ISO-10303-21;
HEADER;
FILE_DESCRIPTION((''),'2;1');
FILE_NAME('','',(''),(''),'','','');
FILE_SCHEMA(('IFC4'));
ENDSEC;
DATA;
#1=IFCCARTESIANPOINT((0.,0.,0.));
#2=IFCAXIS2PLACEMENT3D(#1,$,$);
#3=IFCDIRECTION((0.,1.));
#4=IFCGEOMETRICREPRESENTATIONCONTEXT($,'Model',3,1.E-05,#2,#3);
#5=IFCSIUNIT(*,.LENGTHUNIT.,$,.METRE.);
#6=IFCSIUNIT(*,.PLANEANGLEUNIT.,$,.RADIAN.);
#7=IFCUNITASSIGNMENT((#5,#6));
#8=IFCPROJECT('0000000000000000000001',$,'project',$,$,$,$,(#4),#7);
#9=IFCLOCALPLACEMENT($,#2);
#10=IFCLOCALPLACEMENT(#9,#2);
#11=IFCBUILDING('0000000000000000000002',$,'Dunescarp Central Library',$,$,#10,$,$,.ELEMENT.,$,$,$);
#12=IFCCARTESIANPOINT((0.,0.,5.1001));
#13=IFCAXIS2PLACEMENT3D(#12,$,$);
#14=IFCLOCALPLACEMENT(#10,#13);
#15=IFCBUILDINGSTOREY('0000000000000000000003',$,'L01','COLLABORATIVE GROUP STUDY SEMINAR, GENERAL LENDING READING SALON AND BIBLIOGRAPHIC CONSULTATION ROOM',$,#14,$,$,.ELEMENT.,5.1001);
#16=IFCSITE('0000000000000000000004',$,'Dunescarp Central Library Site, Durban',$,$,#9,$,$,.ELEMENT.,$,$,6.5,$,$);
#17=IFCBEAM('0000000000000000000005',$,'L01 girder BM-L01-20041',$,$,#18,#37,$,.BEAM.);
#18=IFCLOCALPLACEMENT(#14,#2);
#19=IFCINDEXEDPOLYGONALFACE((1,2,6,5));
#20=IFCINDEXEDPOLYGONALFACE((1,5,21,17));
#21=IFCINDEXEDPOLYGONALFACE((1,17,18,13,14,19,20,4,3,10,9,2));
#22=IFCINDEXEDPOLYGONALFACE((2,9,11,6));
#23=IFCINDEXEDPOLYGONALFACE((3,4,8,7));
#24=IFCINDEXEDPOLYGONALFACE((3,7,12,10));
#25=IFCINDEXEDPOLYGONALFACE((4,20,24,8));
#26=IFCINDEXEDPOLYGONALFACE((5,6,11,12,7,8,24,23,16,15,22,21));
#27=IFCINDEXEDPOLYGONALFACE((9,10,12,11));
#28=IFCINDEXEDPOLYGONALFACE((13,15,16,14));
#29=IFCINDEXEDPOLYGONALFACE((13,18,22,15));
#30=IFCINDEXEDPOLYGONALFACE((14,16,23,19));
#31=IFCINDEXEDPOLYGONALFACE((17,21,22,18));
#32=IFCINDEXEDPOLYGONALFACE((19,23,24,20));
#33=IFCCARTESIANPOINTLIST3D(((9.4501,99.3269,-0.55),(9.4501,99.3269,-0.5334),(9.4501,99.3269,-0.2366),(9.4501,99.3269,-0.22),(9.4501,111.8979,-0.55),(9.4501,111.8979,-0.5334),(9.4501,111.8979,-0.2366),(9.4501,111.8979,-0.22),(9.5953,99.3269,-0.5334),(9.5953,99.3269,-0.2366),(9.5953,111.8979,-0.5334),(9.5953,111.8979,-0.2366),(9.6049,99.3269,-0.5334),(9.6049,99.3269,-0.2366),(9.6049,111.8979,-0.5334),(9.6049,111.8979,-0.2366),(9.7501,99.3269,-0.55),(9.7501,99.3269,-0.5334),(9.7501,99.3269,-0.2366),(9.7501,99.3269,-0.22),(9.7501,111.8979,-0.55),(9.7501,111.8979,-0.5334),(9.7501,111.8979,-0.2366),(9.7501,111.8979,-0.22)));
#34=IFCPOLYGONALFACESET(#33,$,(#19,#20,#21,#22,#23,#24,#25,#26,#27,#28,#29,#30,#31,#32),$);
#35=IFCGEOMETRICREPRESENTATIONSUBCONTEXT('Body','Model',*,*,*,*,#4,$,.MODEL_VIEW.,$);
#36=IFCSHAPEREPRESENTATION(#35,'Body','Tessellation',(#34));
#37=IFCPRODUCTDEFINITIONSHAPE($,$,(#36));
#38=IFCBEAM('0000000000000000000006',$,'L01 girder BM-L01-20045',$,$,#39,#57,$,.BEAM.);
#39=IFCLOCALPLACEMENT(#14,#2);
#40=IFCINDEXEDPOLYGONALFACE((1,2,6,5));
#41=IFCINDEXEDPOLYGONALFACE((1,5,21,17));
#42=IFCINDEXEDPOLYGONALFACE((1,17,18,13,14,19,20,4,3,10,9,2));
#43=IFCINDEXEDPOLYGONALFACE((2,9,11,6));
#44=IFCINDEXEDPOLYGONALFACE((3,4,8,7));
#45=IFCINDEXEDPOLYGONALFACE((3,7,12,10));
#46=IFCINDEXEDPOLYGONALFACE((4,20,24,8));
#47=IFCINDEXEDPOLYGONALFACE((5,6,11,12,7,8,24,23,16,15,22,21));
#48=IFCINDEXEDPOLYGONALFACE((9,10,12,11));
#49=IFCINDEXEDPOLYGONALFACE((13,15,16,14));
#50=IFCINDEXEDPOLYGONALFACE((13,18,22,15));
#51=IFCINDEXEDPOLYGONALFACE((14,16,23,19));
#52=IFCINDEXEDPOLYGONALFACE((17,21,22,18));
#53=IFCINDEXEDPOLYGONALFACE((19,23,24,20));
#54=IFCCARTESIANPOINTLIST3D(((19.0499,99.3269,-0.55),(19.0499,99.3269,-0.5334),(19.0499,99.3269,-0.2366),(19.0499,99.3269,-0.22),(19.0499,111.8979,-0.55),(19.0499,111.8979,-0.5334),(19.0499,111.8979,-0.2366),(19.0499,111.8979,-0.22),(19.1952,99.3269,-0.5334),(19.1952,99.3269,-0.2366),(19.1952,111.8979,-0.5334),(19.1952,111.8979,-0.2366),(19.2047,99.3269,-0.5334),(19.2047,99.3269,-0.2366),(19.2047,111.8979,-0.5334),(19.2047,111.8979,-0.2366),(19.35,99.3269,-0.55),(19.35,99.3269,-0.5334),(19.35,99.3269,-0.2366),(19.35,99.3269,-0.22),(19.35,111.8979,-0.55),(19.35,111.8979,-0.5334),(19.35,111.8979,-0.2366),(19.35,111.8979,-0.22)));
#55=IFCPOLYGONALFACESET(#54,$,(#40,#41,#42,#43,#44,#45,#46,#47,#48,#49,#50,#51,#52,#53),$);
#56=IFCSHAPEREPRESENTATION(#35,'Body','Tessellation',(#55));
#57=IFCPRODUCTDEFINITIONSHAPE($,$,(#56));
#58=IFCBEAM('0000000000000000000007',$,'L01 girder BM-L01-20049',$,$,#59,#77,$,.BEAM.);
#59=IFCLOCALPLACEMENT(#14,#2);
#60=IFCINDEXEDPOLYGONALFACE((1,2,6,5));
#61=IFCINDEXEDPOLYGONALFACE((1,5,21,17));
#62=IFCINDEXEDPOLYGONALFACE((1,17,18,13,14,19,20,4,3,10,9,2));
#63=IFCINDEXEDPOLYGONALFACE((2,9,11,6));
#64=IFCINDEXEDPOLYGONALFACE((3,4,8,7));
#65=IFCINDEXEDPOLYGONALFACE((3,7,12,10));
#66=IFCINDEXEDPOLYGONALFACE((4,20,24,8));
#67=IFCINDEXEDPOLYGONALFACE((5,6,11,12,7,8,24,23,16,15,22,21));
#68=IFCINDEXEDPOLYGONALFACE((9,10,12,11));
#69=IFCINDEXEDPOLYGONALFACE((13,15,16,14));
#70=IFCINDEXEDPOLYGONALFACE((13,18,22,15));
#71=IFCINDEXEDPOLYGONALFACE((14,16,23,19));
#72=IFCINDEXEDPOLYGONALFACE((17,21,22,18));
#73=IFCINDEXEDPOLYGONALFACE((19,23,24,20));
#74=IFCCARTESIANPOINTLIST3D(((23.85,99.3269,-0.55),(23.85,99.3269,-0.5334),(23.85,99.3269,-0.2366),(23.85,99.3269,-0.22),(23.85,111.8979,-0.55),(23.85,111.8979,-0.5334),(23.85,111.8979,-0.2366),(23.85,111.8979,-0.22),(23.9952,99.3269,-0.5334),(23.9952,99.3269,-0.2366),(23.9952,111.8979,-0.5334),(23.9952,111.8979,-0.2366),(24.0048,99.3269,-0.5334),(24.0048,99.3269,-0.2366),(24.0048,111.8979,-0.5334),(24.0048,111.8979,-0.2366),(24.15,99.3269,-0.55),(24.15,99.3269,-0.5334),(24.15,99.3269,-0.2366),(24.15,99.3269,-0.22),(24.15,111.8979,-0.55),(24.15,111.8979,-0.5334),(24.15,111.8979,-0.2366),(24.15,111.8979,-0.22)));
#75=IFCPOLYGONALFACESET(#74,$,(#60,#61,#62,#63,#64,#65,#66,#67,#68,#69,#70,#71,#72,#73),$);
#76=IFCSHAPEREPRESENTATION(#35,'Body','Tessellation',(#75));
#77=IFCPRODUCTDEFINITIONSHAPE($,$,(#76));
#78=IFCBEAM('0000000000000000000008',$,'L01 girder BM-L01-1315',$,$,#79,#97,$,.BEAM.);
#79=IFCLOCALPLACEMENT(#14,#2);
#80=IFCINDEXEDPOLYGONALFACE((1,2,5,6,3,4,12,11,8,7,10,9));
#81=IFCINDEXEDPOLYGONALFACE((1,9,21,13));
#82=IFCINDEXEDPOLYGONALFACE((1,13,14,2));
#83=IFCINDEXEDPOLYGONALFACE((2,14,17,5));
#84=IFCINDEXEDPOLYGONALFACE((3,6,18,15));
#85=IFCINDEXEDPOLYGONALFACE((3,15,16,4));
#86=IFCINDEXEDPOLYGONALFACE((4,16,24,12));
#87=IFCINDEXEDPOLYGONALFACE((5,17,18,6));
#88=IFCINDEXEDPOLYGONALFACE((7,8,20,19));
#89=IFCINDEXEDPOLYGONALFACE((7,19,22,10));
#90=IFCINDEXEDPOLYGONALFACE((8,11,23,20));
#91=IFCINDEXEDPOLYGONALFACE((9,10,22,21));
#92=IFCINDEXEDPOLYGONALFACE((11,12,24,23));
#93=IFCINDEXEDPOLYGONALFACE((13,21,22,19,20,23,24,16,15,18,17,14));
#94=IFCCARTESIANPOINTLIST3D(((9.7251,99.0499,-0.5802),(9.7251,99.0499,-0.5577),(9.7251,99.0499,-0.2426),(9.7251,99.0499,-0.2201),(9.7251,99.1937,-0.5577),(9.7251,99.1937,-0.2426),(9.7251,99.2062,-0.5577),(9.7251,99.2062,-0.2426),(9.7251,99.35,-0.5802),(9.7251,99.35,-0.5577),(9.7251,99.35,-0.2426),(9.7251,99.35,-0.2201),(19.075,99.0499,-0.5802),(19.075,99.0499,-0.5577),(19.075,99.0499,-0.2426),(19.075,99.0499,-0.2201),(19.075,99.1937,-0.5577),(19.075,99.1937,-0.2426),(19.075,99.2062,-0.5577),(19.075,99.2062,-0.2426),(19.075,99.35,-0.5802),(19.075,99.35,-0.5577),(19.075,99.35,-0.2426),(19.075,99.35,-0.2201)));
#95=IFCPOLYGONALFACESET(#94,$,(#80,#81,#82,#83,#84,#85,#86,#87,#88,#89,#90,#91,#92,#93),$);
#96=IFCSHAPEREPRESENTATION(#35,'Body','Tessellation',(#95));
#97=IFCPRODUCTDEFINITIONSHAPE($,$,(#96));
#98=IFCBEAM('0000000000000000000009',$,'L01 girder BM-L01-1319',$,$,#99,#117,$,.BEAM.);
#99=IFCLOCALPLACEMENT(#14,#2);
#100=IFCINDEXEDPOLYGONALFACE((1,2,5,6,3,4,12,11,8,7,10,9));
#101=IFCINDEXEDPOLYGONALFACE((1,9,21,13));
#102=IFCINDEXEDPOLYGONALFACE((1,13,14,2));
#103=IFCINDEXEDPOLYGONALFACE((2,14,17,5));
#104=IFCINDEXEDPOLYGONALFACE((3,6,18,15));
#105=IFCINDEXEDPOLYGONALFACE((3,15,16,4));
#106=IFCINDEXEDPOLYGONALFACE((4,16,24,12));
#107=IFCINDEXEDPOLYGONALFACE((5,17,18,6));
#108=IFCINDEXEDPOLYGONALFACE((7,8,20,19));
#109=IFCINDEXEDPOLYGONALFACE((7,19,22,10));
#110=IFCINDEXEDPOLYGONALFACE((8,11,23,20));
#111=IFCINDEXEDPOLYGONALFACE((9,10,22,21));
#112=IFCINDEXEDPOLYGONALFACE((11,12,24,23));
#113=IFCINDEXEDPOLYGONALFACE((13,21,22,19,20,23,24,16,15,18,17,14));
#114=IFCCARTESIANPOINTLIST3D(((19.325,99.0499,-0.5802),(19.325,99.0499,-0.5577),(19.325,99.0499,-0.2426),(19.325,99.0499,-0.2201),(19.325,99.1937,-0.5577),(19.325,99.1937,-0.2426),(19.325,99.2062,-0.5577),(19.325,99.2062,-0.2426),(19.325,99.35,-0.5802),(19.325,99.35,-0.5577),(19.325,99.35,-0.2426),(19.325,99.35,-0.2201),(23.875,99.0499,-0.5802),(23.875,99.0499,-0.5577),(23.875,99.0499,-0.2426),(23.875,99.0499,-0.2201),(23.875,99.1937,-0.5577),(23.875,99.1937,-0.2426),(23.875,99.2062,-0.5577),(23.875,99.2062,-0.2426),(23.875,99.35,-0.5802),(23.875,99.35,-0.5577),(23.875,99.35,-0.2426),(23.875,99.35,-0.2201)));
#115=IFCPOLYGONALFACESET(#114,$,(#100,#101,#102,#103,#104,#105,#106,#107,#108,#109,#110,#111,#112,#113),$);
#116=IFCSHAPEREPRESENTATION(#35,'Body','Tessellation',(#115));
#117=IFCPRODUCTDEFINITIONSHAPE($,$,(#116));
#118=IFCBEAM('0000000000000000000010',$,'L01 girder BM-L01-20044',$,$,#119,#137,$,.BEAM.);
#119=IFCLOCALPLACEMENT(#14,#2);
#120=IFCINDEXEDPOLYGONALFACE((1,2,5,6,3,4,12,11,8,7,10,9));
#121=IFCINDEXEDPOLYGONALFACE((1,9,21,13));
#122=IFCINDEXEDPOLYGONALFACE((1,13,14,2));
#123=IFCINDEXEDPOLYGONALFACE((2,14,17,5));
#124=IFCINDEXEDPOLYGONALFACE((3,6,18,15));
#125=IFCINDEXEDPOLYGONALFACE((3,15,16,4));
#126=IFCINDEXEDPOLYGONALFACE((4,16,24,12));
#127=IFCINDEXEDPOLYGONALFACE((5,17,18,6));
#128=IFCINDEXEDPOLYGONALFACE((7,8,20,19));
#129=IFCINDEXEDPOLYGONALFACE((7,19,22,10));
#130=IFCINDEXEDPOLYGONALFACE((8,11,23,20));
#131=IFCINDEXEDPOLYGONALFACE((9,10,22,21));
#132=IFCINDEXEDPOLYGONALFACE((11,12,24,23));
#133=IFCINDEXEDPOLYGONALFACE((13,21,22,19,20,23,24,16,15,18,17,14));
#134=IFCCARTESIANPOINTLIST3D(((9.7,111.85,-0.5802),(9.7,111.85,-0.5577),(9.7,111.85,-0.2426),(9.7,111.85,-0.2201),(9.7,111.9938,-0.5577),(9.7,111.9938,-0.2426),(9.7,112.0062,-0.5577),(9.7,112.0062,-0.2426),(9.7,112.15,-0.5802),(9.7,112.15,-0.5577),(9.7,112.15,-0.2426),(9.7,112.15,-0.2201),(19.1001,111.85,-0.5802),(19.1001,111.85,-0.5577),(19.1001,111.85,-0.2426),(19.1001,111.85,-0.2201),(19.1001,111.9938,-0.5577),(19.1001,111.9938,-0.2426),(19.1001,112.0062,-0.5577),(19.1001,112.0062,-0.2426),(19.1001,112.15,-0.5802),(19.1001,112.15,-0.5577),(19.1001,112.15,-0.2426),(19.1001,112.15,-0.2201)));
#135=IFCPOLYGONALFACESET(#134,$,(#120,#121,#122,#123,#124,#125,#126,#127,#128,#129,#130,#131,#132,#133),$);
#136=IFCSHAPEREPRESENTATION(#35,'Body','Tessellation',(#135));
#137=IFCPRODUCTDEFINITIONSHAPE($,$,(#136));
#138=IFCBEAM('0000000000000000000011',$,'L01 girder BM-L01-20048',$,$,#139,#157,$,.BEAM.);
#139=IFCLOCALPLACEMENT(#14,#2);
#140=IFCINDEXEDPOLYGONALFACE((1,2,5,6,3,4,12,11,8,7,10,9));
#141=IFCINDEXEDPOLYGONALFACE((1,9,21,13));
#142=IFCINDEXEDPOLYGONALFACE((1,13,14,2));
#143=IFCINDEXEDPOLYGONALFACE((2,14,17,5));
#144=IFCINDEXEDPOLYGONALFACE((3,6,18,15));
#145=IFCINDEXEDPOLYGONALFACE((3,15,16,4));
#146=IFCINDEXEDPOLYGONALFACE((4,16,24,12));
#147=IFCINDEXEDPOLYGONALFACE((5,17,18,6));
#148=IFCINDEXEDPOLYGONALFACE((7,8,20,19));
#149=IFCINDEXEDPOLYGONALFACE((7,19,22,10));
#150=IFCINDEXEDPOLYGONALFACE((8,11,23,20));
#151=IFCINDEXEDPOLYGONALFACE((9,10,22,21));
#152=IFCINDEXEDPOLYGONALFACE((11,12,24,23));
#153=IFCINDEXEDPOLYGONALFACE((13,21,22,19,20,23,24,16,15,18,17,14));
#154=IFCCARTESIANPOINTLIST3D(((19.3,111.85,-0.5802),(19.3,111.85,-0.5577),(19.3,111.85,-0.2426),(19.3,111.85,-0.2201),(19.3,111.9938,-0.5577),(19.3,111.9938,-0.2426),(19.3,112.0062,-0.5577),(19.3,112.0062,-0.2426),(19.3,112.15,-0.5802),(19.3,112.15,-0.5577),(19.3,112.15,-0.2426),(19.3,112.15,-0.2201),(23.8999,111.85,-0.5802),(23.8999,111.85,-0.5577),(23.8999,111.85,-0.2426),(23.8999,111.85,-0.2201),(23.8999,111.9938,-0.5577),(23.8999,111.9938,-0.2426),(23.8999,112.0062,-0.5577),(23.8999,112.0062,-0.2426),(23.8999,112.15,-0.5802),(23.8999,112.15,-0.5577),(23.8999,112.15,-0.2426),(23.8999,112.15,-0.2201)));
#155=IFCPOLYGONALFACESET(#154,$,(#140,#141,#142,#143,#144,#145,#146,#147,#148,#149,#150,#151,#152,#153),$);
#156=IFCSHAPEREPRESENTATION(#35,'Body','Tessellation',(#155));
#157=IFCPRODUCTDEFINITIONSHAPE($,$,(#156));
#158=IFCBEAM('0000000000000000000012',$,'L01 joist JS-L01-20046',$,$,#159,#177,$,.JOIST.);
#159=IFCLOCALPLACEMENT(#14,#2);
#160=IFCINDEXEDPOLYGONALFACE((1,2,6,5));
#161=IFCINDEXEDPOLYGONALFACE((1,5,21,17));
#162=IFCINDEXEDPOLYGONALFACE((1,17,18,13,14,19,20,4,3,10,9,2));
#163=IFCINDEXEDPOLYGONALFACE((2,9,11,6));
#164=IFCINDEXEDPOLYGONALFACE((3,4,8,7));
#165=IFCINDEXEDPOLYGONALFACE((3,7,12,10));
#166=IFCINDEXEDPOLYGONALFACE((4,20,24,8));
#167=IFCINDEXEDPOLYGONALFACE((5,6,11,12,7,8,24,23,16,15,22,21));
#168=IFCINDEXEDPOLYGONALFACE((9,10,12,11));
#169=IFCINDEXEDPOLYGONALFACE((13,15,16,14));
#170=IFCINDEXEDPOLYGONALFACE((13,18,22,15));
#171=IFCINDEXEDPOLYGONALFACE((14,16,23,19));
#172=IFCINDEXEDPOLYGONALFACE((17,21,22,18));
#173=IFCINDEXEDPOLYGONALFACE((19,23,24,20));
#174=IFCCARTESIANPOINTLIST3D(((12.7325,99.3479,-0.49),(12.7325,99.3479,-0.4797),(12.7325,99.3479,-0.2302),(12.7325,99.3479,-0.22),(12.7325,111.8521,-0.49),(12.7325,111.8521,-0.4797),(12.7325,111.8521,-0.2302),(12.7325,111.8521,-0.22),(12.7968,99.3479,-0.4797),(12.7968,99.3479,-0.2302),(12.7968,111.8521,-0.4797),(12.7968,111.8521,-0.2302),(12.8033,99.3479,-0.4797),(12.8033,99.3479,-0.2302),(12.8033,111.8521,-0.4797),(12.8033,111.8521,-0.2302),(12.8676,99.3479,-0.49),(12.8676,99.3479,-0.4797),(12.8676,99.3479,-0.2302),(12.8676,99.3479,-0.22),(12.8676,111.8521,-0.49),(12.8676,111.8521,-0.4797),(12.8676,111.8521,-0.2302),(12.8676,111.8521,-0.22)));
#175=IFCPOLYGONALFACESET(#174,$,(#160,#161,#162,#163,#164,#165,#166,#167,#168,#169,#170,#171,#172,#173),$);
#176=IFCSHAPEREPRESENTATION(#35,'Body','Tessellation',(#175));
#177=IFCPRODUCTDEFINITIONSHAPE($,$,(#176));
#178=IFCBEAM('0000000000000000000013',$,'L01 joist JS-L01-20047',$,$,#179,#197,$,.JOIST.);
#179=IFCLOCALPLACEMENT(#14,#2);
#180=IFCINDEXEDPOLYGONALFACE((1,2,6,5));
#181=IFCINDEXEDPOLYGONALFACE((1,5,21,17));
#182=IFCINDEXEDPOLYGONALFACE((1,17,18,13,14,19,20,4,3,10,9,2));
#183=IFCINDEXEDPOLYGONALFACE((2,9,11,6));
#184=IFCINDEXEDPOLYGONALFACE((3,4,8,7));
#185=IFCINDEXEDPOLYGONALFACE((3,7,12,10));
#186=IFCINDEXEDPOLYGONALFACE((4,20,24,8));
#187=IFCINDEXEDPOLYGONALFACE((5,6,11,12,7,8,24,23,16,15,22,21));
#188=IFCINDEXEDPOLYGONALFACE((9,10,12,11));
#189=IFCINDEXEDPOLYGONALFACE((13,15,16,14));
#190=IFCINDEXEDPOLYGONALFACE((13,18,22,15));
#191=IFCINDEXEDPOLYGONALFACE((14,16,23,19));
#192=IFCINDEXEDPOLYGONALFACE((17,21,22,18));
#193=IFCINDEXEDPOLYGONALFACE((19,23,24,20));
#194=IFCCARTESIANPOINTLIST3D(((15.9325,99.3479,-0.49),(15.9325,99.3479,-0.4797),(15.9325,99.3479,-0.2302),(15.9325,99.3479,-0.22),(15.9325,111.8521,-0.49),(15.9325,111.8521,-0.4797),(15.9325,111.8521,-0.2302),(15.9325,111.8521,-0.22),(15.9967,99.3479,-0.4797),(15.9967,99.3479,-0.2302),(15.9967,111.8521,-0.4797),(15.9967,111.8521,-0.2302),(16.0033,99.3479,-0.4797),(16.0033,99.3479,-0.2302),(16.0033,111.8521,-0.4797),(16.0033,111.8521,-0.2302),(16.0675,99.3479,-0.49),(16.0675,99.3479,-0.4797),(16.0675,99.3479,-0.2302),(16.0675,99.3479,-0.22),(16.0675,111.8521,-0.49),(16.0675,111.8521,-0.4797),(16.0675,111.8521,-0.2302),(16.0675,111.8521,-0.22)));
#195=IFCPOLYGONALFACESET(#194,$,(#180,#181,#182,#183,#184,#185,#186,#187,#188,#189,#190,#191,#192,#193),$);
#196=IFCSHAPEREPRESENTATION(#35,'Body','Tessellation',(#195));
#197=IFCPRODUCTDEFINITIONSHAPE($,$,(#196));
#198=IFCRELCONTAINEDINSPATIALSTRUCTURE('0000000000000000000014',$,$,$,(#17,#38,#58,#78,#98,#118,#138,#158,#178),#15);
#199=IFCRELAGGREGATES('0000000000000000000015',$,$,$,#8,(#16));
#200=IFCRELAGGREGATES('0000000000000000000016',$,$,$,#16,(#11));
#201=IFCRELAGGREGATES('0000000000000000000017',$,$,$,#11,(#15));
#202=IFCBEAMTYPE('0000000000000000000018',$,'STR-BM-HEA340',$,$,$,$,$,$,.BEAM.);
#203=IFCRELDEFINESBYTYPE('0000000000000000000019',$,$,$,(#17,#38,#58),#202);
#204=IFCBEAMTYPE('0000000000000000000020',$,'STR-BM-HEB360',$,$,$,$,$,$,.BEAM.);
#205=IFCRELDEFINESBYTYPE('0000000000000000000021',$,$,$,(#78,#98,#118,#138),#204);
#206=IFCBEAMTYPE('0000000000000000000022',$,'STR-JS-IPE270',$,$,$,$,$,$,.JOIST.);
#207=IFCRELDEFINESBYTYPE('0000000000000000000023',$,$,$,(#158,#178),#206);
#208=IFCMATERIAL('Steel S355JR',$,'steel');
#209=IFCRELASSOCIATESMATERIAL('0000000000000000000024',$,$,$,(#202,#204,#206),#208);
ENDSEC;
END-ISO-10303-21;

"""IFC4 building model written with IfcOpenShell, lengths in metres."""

from ifc_helpers import new_model, si_unit, direction, frame, origin, origin_2d, place, context, subcontext, project, spatial, i_section, extrude, material, material_profile, profile_set, type_object, element, save


model = new_model("IFC4")

# Units and contexts
model_context = context("Model", 3, precision=1e-05, world=origin(), true_north=direction((0.0, 1.0)))
body_context = subcontext(model_context, "Body", "Model", "MODEL_VIEW")
ifc_project = project(units=[si_unit("LENGTHUNIT", "METRE"), si_unit("PLANEANGLEUNIT", "RADIAN")], contexts=[model_context])

# Site, building, storey
site_placement = place(None, origin())
site = spatial("IfcSite", under=ifc_project, at=site_placement, Name="Dunescarp Central Library Site, Durban", CompositionType="ELEMENT", RefElevation=6.5)
building_placement = place(site_placement, origin())
building = spatial("IfcBuilding", under=site, at=building_placement, Name="Dunescarp Central Library", CompositionType="ELEMENT")
storey_placement = place(building_placement, frame((0.0, 0.0, 5.1001)))
storey = spatial("IfcBuildingStorey", under=building, at=storey_placement, Name="L01", Description="COLLABORATIVE GROUP STUDY SEMINAR, GENERAL LENDING READING SALON AND BIBLIOGRAPHIC CONSULTATION ROOM", CompositionType="ELEMENT", Elevation=5.1001)

# Shared definitions
ifc_material_1 = material(Name="Steel S355JR", Category="steel")

# Beams
ifc_material_profile_1 = material_profile(ifc_material_1, i_section(OverallWidth=0.3, OverallDepth=0.3301, WebThickness=0.0095, FlangeThickness=0.0166, at=origin_2d()), Name="HEA 340")
ifc_profile_set_1 = profile_set([ifc_material_profile_1], Name="Steel S355JR")
beam_type_1 = type_object("IfcBeamType", Name="STR-BM-HEA340", PredefinedType="BEAM", material=ifc_profile_set_1)
for number, where, z_axis, x_axis, name in (
    (1, (9.6001, 99.3269, -0.385), (0.0, 1.0, 0.0), (-1.0, 0.0, 0.0), "L01 girder BM-L01-20041"),
    (2, (19.2, 99.3269, -0.385), (0.0, 1.0, 0.0), (-1.0, 0.0, 0.0), "L01 girder BM-L01-20045"),
    (3, (24.0, 99.3269, -0.385), (0.0, 1.0, 0.0), (-1.0, 0.0, 0.0), "L01 girder BM-L01-20049"),
):
    element("IfcBeam", number, at=place(storey_placement, frame(where, z_axis=z_axis, x_axis=x_axis)), inside=storey, type_object=beam_type_1, Name=name, PredefinedType="BEAM", context=body_context, shape_type="SweptSolid", body=[
        extrude(i_section(OverallWidth=0.3, OverallDepth=0.3301, WebThickness=0.0095, FlangeThickness=0.0166, at=origin_2d()), origin(), (0.0, 0.0, 1.0), 12.571),
    ])
ifc_material_profile_2 = material_profile(ifc_material_1, i_section(OverallWidth=0.3, OverallDepth=0.3601, WebThickness=0.0125, FlangeThickness=0.0225, at=origin_2d()), Name="HEB 360")
ifc_profile_set_2 = profile_set([ifc_material_profile_2], Name="Steel S355JR")
beam_type_2 = type_object("IfcBeamType", Name="STR-BM-HEB360", PredefinedType="BEAM", material=ifc_profile_set_2)
beam_1_placement = place(storey_placement, frame((9.7251, 99.2, -0.4001), z_axis=(1.0, 0.0, 0.0), x_axis=(0.0, 1.0, 0.0)))
element("IfcBeam", 4, at=beam_1_placement, inside=storey, type_object=beam_type_2, Name="L01 girder BM-L01-1315", PredefinedType="BEAM", context=body_context, shape_type="SweptSolid", body=[
    extrude(i_section(OverallWidth=0.3, OverallDepth=0.3601, WebThickness=0.0125, FlangeThickness=0.0225, at=origin_2d()), origin(), (0.0, 0.0, 1.0), 9.3499),
])
beam_2_placement = place(storey_placement, frame((19.325, 99.2, -0.4001), z_axis=(1.0, 0.0, 0.0), x_axis=(0.0, 1.0, 0.0)))
element("IfcBeam", 5, at=beam_2_placement, inside=storey, type_object=beam_type_2, Name="L01 girder BM-L01-1319", PredefinedType="BEAM", context=body_context, shape_type="SweptSolid", body=[
    extrude(i_section(OverallWidth=0.3, OverallDepth=0.3601, WebThickness=0.0125, FlangeThickness=0.0225, at=origin_2d()), origin(), (0.0, 0.0, 1.0), 4.55),
])
beam_3_placement = place(storey_placement, frame((9.7, 112.0, -0.4001), z_axis=(1.0, 0.0, 0.0), x_axis=(0.0, 1.0, 0.0)))
element("IfcBeam", 6, at=beam_3_placement, inside=storey, type_object=beam_type_2, Name="L01 girder BM-L01-20044", PredefinedType="BEAM", context=body_context, shape_type="SweptSolid", body=[
    extrude(i_section(OverallWidth=0.3, OverallDepth=0.3601, WebThickness=0.0125, FlangeThickness=0.0225, at=origin_2d()), origin(), (0.0, 0.0, 1.0), 9.4001),
])
beam_4_placement = place(storey_placement, frame((19.3, 112.0, -0.4001), z_axis=(1.0, 0.0, 0.0), x_axis=(0.0, 1.0, 0.0)))
element("IfcBeam", 7, at=beam_4_placement, inside=storey, type_object=beam_type_2, Name="L01 girder BM-L01-20048", PredefinedType="BEAM", context=body_context, shape_type="SweptSolid", body=[
    extrude(i_section(OverallWidth=0.3, OverallDepth=0.3601, WebThickness=0.0125, FlangeThickness=0.0225, at=origin_2d()), origin(), (0.0, 0.0, 1.0), 4.5999),
])
ifc_material_profile_3 = material_profile(ifc_material_1, i_section(OverallWidth=0.135, OverallDepth=0.27, WebThickness=0.0066, FlangeThickness=0.0103, at=origin_2d()), Name="IPE 270")
ifc_profile_set_3 = profile_set([ifc_material_profile_3], Name="Steel S355JR")
beam_type_3 = type_object("IfcBeamType", Name="STR-JS-IPE270", PredefinedType="JOIST", material=ifc_profile_set_3)
for number, where, z_axis, x_axis, name in (
    (8, (12.8, 99.3479, -0.355), (0.0, 1.0, 0.0), (-1.0, 0.0, 0.0), "L01 joist JS-L01-20046"),
    (9, (16.0, 99.3479, -0.355), (0.0, 1.0, 0.0), (-1.0, 0.0, 0.0), "L01 joist JS-L01-20047"),
):
    element("IfcBeam", number, at=place(storey_placement, frame(where, z_axis=z_axis, x_axis=x_axis)), inside=storey, type_object=beam_type_3, Name=name, PredefinedType="JOIST", context=body_context, shape_type="SweptSolid", body=[
        extrude(i_section(OverallWidth=0.135, OverallDepth=0.27, WebThickness=0.0066, FlangeThickness=0.0103, at=origin_2d()), origin(), (0.0, 0.0, 1.0), 12.5042),
    ])

save(model, "model.ifc")
